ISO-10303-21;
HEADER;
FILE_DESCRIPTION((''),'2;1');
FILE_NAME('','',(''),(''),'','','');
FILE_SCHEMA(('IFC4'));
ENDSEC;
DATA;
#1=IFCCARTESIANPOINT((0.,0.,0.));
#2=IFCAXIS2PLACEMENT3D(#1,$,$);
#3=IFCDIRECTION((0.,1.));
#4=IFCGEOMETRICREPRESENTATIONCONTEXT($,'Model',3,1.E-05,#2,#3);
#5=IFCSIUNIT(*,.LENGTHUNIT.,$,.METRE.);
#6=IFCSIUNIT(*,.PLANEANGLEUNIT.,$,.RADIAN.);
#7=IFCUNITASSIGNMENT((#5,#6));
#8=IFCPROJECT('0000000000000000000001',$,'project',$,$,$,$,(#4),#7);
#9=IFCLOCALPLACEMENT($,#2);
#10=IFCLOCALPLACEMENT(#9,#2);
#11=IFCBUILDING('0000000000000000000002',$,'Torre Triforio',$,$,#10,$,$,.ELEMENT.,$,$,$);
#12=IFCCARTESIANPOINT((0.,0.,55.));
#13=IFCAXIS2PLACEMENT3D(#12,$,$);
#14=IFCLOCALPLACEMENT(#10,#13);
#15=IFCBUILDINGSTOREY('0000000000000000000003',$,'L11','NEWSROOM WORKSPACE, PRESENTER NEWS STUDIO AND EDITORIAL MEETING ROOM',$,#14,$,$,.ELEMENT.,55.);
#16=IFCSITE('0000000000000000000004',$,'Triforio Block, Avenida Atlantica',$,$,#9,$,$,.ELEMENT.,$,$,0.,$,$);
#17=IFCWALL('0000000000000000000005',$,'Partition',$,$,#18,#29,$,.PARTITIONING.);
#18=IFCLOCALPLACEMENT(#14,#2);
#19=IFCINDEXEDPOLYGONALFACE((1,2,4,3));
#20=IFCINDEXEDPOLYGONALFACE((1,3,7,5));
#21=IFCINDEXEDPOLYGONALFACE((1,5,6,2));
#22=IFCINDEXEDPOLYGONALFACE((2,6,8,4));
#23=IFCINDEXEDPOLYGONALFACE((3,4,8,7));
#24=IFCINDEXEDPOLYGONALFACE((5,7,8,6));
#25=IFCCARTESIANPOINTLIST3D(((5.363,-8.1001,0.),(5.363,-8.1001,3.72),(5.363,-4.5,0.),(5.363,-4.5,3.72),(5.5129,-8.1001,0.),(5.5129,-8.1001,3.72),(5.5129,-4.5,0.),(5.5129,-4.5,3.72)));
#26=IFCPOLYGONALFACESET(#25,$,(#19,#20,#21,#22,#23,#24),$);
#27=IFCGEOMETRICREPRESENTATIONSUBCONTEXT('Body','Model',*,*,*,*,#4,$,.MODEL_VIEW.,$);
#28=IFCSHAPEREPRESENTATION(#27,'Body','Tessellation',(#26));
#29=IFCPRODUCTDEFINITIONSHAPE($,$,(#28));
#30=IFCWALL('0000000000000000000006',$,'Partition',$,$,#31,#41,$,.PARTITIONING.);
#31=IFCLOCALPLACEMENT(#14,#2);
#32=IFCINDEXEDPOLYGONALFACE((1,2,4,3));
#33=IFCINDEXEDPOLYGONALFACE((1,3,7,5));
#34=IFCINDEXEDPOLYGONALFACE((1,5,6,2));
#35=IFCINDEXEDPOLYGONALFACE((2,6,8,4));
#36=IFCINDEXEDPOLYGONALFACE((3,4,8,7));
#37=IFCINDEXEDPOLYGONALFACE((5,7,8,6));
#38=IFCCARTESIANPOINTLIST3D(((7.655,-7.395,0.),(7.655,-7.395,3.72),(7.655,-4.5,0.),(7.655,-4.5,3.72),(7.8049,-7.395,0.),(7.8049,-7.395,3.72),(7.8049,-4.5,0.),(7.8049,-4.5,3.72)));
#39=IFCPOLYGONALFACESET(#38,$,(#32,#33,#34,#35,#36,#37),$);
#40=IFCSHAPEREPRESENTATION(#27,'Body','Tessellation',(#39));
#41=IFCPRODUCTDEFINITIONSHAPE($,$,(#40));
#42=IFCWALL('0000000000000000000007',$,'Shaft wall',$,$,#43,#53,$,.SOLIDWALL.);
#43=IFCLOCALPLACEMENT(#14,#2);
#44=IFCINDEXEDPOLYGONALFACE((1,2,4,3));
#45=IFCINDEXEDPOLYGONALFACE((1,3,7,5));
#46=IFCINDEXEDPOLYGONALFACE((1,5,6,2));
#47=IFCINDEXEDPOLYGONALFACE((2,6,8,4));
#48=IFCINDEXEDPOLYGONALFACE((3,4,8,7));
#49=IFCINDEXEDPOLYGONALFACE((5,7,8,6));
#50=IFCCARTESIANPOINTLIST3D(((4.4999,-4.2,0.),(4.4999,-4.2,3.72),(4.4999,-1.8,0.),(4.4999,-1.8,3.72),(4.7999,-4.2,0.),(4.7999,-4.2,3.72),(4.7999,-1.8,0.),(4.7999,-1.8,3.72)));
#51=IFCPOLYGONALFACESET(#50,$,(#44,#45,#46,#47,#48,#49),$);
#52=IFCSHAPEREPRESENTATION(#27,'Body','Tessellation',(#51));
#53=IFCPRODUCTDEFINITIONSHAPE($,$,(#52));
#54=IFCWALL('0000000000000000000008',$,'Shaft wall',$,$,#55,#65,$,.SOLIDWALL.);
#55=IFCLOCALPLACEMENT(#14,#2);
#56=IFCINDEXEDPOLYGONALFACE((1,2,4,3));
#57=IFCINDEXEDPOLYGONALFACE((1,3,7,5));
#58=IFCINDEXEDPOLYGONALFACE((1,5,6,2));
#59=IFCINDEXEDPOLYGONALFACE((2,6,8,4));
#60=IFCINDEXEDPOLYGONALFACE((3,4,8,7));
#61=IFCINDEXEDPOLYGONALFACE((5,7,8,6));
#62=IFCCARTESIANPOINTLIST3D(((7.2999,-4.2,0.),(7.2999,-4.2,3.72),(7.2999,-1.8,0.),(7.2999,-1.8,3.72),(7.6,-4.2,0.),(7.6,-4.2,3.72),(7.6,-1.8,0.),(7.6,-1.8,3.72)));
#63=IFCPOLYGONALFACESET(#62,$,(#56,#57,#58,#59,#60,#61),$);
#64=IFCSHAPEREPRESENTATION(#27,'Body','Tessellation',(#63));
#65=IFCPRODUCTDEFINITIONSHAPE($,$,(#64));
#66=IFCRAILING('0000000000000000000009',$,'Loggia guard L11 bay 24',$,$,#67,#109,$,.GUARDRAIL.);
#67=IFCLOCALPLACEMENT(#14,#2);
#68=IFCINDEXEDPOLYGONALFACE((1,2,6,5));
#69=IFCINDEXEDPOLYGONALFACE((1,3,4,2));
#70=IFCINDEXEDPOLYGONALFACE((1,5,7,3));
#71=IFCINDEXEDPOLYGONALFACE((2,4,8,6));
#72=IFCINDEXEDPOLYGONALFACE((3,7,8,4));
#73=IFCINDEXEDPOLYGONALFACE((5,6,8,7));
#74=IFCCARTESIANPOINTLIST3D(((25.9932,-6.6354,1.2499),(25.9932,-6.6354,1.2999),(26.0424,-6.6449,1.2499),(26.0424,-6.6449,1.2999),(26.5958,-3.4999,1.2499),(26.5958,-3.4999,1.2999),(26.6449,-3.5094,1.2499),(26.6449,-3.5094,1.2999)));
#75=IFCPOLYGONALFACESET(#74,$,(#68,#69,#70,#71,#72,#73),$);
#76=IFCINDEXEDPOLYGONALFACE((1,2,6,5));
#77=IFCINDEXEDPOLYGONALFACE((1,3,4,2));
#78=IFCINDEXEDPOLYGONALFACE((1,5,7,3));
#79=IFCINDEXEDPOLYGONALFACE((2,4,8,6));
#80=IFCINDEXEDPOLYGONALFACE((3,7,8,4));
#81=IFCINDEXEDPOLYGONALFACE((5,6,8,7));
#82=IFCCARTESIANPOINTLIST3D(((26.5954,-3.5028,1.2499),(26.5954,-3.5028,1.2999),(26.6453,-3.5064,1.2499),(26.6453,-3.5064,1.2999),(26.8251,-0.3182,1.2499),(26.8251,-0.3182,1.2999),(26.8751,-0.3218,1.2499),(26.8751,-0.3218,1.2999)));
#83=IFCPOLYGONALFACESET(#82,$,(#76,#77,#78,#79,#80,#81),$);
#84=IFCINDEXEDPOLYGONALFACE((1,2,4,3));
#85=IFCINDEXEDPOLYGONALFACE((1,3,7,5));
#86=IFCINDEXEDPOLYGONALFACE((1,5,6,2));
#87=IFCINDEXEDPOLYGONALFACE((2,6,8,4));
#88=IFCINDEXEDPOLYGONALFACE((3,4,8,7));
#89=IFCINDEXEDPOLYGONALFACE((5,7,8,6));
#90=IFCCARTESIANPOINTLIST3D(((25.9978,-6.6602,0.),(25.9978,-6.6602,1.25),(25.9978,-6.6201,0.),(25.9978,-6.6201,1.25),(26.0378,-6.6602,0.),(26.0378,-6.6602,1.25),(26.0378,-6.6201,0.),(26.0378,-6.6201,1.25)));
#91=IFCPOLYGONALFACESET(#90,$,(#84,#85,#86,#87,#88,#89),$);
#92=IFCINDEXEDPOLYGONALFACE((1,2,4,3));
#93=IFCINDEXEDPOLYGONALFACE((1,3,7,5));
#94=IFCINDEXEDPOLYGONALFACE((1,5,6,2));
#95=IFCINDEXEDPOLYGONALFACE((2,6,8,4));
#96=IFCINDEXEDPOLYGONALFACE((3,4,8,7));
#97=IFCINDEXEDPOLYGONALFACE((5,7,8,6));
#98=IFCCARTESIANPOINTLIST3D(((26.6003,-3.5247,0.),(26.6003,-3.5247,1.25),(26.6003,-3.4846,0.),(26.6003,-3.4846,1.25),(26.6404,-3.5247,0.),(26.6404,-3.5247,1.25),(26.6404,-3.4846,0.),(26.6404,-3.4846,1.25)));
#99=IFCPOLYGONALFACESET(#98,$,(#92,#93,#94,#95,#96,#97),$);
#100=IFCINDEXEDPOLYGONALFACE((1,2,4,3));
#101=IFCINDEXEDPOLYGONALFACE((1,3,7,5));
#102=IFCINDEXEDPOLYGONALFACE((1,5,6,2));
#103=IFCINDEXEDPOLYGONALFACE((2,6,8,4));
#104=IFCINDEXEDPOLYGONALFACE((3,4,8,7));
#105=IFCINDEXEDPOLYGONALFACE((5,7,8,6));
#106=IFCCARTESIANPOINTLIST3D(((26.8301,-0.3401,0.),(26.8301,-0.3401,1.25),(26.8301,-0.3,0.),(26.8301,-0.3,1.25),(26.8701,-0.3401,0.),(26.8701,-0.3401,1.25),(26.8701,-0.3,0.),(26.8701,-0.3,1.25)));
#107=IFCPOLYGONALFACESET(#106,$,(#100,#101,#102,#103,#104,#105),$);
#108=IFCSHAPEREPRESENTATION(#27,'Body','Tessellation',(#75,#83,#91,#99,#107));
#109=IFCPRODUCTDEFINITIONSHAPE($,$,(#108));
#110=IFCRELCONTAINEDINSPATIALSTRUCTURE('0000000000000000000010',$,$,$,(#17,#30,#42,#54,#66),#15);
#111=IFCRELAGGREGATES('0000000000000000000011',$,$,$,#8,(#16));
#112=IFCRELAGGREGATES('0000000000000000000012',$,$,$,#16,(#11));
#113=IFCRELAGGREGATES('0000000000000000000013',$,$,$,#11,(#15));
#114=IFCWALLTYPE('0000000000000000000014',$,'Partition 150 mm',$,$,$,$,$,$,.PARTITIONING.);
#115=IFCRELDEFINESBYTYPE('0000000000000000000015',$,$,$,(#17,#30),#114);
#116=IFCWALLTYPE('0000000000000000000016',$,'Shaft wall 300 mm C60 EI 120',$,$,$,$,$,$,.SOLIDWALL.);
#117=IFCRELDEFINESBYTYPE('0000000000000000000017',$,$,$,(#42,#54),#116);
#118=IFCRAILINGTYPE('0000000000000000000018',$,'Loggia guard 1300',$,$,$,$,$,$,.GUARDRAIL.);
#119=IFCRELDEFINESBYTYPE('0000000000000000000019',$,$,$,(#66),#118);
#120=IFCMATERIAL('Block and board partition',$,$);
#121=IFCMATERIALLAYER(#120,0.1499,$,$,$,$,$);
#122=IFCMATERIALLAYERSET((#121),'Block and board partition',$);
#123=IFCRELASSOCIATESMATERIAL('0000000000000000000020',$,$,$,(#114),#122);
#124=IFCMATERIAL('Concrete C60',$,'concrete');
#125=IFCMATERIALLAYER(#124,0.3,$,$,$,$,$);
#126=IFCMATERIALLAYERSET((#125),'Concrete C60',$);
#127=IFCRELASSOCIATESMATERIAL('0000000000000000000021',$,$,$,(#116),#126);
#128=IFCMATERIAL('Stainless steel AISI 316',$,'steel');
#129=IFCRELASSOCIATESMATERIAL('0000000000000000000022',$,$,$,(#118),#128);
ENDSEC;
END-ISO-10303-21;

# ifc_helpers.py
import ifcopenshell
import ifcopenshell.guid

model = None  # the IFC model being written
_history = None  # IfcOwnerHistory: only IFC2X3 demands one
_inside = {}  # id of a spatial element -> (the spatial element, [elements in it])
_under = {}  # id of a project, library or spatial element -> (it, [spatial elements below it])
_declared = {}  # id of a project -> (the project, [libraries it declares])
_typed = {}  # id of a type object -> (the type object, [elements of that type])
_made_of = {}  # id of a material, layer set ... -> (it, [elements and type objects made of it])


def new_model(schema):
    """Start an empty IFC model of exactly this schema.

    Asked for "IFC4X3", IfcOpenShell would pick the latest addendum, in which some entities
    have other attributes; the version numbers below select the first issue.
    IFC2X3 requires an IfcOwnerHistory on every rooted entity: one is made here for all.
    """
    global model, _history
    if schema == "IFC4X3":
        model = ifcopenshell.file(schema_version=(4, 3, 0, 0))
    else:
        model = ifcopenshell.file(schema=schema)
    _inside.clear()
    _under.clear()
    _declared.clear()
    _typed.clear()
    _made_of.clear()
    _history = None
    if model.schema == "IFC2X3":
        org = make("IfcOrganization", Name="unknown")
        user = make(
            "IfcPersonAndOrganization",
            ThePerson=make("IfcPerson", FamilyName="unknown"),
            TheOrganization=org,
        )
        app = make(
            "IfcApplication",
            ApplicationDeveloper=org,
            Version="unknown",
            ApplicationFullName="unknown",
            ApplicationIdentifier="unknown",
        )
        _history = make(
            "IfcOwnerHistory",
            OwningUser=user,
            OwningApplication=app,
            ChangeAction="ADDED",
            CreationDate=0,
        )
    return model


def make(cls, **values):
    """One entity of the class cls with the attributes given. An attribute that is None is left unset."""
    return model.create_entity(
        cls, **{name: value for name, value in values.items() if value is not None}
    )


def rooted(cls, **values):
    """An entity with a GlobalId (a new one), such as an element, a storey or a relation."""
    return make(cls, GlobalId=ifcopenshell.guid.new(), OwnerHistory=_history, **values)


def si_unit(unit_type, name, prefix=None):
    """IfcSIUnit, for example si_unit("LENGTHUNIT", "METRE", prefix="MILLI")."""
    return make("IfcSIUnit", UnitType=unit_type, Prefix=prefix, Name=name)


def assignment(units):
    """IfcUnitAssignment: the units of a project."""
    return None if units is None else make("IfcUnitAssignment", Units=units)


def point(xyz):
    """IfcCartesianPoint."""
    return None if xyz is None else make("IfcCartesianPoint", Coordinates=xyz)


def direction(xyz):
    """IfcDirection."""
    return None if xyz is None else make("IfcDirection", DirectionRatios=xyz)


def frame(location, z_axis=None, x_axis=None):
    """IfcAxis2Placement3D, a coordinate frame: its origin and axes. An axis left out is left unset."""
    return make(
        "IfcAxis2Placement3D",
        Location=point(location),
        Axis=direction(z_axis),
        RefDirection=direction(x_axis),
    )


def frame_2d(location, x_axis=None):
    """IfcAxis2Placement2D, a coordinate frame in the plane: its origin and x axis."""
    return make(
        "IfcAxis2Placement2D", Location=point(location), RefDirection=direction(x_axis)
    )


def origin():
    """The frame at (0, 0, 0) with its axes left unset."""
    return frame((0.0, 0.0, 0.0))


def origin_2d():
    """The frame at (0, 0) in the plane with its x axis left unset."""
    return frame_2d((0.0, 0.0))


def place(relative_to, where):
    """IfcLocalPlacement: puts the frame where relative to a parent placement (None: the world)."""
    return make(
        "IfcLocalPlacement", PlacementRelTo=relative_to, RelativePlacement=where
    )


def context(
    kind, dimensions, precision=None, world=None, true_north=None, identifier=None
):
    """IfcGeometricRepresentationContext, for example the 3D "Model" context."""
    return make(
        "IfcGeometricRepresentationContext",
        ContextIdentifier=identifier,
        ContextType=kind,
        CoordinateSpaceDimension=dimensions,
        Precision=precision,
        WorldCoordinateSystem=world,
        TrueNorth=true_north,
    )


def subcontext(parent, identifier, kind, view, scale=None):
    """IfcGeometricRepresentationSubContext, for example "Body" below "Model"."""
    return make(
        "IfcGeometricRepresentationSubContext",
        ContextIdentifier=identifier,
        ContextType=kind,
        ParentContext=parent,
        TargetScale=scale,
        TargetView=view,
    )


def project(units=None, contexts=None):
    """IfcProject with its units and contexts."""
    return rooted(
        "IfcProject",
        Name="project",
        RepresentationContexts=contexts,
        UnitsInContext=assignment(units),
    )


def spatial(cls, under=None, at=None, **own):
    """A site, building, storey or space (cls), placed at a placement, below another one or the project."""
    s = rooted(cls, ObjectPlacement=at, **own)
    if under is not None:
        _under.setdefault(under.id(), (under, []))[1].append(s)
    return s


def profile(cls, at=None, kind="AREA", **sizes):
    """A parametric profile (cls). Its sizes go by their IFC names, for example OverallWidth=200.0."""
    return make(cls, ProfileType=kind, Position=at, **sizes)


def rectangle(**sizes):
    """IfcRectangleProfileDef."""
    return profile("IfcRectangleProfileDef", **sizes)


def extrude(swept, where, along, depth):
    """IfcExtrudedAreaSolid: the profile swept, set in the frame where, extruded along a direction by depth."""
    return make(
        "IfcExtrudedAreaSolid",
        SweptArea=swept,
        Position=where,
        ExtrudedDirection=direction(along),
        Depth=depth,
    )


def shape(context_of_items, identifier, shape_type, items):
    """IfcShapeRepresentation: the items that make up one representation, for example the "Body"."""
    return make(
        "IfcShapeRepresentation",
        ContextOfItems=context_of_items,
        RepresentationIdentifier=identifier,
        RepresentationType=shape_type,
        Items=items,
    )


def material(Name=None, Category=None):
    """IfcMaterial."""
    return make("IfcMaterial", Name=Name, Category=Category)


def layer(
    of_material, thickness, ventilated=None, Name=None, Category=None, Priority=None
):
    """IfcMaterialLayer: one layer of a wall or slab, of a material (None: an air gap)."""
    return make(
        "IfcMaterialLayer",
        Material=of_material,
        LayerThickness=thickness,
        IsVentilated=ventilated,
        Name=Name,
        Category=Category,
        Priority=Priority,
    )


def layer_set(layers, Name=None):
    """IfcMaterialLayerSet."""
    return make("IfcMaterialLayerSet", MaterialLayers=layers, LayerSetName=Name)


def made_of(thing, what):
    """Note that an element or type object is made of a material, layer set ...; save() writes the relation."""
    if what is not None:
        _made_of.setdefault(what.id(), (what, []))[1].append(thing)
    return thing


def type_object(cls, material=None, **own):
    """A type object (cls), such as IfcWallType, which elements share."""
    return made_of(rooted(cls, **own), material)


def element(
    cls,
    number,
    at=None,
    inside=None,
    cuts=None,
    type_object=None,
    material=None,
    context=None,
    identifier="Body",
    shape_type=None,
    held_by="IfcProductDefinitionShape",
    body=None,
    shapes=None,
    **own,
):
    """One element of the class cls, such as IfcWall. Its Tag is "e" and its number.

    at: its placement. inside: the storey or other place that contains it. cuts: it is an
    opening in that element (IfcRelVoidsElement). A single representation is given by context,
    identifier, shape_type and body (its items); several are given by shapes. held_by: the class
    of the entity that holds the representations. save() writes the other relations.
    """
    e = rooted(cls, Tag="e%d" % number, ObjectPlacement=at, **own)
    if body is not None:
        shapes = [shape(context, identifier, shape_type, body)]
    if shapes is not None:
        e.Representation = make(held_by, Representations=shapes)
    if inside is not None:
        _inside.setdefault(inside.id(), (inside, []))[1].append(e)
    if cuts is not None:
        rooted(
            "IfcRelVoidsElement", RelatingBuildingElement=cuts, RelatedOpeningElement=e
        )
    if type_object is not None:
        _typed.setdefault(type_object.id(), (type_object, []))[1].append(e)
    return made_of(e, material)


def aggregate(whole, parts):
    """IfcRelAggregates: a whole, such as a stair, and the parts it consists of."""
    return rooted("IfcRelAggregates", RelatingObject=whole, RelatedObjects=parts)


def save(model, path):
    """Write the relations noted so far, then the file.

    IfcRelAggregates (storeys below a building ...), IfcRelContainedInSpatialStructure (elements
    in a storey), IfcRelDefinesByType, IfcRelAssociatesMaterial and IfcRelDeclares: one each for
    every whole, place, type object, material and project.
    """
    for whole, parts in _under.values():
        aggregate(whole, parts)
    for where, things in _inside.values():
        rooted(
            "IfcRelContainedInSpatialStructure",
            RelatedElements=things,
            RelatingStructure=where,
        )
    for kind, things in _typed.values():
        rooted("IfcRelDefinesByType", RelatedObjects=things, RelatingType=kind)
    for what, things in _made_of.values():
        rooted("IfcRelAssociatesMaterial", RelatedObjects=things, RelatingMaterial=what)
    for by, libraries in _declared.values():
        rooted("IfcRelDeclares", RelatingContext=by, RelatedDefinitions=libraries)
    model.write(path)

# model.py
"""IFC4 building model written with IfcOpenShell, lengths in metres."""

from ifc_helpers import new_model, si_unit, direction, frame, frame_2d, origin, origin_2d, place, context, subcontext, project, spatial, rectangle, extrude, material, layer, layer_set, type_object, element, save


model = new_model("IFC4")

# Units and contexts
model_context = context("Model", 3, precision=1e-05, world=origin(), true_north=direction((0.0, 1.0)))
body_context = subcontext(model_context, "Body", "Model", "MODEL_VIEW")
ifc_project = project(units=[si_unit("LENGTHUNIT", "METRE"), si_unit("PLANEANGLEUNIT", "RADIAN")], contexts=[model_context])

# Site, building, storey
site_placement = place(None, origin())
site = spatial("IfcSite", under=ifc_project, at=site_placement, Name="Triforio Block, Avenida Atlantica", CompositionType="ELEMENT", RefElevation=0.0)
building_placement = place(site_placement, origin())
building = spatial("IfcBuilding", under=site, at=building_placement, Name="Torre Triforio", CompositionType="ELEMENT")
storey_placement = place(building_placement, frame((0.0, 0.0, 55.0)))
storey = spatial("IfcBuildingStorey", under=building, at=storey_placement, Name="L11", Description="NEWSROOM WORKSPACE, PRESENTER NEWS STUDIO AND EDITORIAL MEETING ROOM", CompositionType="ELEMENT", Elevation=55.0)

# Shared definitions
ifc_material_1 = material(Name="Concrete C60", Category="concrete")

# Walls
ifc_material_2 = material(Name="Block and board partition")
ifc_layer_1 = layer(ifc_material_2, 0.1499)
ifc_layer_set_1 = layer_set([ifc_layer_1], Name="Block and board partition")
wall_type_1 = type_object("IfcWallType", Name="Partition 150 mm", PredefinedType="PARTITIONING", material=ifc_layer_set_1)
for number, where, z_axis, x_axis, name in (
    (1, (5.438, -8.1001, 0.0), (0.0, 0.0, 1.0), (0.0, 1.0, 0.0), "Partition"),
):
    element("IfcWall", number, at=place(storey_placement, frame(where, z_axis=z_axis, x_axis=x_axis)), inside=storey, type_object=wall_type_1, Name=name, PredefinedType="PARTITIONING", context=body_context, shape_type="SweptSolid", body=[
        extrude(rectangle(XDim=3.6001, YDim=0.1499, at=frame_2d((1.8, 0.0))), origin(), (0.0, 0.0, 1.0), 3.72),
    ])
wall_1_placement = place(storey_placement, frame((7.73, -7.395, 0.0), z_axis=(0.0, 0.0, 1.0), x_axis=(0.0, 1.0, 0.0)))
element("IfcWall", 2, at=wall_1_placement, inside=storey, type_object=wall_type_1, Name="Partition", PredefinedType="PARTITIONING", context=body_context, shape_type="SweptSolid", body=[
    extrude(rectangle(XDim=2.895, YDim=0.1499, at=frame_2d((1.4475, 0.0))), origin(), (0.0, 0.0, 1.0), 3.72),
])
ifc_layer_2 = layer(ifc_material_1, 0.3)
ifc_layer_set_2 = layer_set([ifc_layer_2], Name="Concrete C60")
wall_type_2 = type_object("IfcWallType", Name="Shaft wall 300 mm C60 EI 120", PredefinedType="SOLIDWALL", material=ifc_layer_set_2)
for number, where, z_axis, x_axis, name in (
    (3, (4.6499, -4.2, 0.0), (0.0, 0.0, 1.0), (0.0, 1.0, 0.0), "Shaft wall"),
    (4, (7.45, -4.2, 0.0), (0.0, 0.0, 1.0), (0.0, 1.0, 0.0), "Shaft wall"),
):
    element("IfcWall", number, at=place(storey_placement, frame(where, z_axis=z_axis, x_axis=x_axis)), inside=storey, type_object=wall_type_2, Name=name, PredefinedType="SOLIDWALL", context=body_context, shape_type="SweptSolid", body=[
        extrude(rectangle(XDim=2.3999, YDim=0.3, at=frame_2d((1.2, 0.0))), origin(), (0.0, 0.0, 1.0), 3.72),
    ])

# Railing
ifc_material_3 = material(Name="Stainless steel AISI 316", Category="steel")
railing_type = type_object("IfcRailingType", Name="Loggia guard 1300", PredefinedType="GUARDRAIL", material=ifc_material_3)
railing_placement = place(storey_placement, frame((26.0178, -6.6401, 0.0)))
element("IfcRailing", 5, at=railing_placement, inside=storey, type_object=railing_type, Name="Loggia guard L11 bay 24", PredefinedType="GUARDRAIL", context=body_context, shape_type="SweptSolid", body=[
    extrude(rectangle(XDim=0.05, YDim=0.05, at=origin_2d()), frame((0.0, 0.0, 1.2749), z_axis=(0.188714, 0.982032, 0.0), x_axis=(-0.982032, 0.188714, 0.0)), (0.0, 0.0, 1.0), 3.1929),
    extrude(rectangle(XDim=0.05, YDim=0.05, at=origin_2d()), frame((0.6025, 3.1355, 1.2749), z_axis=(0.071953, 0.997408, 0.0), x_axis=(-0.997408, 0.071953, 0.0)), (0.0, 0.0, 1.0), 3.1929),
    extrude(rectangle(XDim=0.04, YDim=0.04, at=origin_2d()), origin(), (0.0, 0.0, 1.0), 1.25),
    extrude(rectangle(XDim=0.04, YDim=0.04, at=origin_2d()), frame((0.6025, 3.1355, 0.0)), (0.0, 0.0, 1.0), 1.25),
    extrude(rectangle(XDim=0.04, YDim=0.04, at=origin_2d()), frame((0.8323, 6.3201, 0.0)), (0.0, 0.0, 1.0), 1.25),
])

save(model, "model.ifc")
